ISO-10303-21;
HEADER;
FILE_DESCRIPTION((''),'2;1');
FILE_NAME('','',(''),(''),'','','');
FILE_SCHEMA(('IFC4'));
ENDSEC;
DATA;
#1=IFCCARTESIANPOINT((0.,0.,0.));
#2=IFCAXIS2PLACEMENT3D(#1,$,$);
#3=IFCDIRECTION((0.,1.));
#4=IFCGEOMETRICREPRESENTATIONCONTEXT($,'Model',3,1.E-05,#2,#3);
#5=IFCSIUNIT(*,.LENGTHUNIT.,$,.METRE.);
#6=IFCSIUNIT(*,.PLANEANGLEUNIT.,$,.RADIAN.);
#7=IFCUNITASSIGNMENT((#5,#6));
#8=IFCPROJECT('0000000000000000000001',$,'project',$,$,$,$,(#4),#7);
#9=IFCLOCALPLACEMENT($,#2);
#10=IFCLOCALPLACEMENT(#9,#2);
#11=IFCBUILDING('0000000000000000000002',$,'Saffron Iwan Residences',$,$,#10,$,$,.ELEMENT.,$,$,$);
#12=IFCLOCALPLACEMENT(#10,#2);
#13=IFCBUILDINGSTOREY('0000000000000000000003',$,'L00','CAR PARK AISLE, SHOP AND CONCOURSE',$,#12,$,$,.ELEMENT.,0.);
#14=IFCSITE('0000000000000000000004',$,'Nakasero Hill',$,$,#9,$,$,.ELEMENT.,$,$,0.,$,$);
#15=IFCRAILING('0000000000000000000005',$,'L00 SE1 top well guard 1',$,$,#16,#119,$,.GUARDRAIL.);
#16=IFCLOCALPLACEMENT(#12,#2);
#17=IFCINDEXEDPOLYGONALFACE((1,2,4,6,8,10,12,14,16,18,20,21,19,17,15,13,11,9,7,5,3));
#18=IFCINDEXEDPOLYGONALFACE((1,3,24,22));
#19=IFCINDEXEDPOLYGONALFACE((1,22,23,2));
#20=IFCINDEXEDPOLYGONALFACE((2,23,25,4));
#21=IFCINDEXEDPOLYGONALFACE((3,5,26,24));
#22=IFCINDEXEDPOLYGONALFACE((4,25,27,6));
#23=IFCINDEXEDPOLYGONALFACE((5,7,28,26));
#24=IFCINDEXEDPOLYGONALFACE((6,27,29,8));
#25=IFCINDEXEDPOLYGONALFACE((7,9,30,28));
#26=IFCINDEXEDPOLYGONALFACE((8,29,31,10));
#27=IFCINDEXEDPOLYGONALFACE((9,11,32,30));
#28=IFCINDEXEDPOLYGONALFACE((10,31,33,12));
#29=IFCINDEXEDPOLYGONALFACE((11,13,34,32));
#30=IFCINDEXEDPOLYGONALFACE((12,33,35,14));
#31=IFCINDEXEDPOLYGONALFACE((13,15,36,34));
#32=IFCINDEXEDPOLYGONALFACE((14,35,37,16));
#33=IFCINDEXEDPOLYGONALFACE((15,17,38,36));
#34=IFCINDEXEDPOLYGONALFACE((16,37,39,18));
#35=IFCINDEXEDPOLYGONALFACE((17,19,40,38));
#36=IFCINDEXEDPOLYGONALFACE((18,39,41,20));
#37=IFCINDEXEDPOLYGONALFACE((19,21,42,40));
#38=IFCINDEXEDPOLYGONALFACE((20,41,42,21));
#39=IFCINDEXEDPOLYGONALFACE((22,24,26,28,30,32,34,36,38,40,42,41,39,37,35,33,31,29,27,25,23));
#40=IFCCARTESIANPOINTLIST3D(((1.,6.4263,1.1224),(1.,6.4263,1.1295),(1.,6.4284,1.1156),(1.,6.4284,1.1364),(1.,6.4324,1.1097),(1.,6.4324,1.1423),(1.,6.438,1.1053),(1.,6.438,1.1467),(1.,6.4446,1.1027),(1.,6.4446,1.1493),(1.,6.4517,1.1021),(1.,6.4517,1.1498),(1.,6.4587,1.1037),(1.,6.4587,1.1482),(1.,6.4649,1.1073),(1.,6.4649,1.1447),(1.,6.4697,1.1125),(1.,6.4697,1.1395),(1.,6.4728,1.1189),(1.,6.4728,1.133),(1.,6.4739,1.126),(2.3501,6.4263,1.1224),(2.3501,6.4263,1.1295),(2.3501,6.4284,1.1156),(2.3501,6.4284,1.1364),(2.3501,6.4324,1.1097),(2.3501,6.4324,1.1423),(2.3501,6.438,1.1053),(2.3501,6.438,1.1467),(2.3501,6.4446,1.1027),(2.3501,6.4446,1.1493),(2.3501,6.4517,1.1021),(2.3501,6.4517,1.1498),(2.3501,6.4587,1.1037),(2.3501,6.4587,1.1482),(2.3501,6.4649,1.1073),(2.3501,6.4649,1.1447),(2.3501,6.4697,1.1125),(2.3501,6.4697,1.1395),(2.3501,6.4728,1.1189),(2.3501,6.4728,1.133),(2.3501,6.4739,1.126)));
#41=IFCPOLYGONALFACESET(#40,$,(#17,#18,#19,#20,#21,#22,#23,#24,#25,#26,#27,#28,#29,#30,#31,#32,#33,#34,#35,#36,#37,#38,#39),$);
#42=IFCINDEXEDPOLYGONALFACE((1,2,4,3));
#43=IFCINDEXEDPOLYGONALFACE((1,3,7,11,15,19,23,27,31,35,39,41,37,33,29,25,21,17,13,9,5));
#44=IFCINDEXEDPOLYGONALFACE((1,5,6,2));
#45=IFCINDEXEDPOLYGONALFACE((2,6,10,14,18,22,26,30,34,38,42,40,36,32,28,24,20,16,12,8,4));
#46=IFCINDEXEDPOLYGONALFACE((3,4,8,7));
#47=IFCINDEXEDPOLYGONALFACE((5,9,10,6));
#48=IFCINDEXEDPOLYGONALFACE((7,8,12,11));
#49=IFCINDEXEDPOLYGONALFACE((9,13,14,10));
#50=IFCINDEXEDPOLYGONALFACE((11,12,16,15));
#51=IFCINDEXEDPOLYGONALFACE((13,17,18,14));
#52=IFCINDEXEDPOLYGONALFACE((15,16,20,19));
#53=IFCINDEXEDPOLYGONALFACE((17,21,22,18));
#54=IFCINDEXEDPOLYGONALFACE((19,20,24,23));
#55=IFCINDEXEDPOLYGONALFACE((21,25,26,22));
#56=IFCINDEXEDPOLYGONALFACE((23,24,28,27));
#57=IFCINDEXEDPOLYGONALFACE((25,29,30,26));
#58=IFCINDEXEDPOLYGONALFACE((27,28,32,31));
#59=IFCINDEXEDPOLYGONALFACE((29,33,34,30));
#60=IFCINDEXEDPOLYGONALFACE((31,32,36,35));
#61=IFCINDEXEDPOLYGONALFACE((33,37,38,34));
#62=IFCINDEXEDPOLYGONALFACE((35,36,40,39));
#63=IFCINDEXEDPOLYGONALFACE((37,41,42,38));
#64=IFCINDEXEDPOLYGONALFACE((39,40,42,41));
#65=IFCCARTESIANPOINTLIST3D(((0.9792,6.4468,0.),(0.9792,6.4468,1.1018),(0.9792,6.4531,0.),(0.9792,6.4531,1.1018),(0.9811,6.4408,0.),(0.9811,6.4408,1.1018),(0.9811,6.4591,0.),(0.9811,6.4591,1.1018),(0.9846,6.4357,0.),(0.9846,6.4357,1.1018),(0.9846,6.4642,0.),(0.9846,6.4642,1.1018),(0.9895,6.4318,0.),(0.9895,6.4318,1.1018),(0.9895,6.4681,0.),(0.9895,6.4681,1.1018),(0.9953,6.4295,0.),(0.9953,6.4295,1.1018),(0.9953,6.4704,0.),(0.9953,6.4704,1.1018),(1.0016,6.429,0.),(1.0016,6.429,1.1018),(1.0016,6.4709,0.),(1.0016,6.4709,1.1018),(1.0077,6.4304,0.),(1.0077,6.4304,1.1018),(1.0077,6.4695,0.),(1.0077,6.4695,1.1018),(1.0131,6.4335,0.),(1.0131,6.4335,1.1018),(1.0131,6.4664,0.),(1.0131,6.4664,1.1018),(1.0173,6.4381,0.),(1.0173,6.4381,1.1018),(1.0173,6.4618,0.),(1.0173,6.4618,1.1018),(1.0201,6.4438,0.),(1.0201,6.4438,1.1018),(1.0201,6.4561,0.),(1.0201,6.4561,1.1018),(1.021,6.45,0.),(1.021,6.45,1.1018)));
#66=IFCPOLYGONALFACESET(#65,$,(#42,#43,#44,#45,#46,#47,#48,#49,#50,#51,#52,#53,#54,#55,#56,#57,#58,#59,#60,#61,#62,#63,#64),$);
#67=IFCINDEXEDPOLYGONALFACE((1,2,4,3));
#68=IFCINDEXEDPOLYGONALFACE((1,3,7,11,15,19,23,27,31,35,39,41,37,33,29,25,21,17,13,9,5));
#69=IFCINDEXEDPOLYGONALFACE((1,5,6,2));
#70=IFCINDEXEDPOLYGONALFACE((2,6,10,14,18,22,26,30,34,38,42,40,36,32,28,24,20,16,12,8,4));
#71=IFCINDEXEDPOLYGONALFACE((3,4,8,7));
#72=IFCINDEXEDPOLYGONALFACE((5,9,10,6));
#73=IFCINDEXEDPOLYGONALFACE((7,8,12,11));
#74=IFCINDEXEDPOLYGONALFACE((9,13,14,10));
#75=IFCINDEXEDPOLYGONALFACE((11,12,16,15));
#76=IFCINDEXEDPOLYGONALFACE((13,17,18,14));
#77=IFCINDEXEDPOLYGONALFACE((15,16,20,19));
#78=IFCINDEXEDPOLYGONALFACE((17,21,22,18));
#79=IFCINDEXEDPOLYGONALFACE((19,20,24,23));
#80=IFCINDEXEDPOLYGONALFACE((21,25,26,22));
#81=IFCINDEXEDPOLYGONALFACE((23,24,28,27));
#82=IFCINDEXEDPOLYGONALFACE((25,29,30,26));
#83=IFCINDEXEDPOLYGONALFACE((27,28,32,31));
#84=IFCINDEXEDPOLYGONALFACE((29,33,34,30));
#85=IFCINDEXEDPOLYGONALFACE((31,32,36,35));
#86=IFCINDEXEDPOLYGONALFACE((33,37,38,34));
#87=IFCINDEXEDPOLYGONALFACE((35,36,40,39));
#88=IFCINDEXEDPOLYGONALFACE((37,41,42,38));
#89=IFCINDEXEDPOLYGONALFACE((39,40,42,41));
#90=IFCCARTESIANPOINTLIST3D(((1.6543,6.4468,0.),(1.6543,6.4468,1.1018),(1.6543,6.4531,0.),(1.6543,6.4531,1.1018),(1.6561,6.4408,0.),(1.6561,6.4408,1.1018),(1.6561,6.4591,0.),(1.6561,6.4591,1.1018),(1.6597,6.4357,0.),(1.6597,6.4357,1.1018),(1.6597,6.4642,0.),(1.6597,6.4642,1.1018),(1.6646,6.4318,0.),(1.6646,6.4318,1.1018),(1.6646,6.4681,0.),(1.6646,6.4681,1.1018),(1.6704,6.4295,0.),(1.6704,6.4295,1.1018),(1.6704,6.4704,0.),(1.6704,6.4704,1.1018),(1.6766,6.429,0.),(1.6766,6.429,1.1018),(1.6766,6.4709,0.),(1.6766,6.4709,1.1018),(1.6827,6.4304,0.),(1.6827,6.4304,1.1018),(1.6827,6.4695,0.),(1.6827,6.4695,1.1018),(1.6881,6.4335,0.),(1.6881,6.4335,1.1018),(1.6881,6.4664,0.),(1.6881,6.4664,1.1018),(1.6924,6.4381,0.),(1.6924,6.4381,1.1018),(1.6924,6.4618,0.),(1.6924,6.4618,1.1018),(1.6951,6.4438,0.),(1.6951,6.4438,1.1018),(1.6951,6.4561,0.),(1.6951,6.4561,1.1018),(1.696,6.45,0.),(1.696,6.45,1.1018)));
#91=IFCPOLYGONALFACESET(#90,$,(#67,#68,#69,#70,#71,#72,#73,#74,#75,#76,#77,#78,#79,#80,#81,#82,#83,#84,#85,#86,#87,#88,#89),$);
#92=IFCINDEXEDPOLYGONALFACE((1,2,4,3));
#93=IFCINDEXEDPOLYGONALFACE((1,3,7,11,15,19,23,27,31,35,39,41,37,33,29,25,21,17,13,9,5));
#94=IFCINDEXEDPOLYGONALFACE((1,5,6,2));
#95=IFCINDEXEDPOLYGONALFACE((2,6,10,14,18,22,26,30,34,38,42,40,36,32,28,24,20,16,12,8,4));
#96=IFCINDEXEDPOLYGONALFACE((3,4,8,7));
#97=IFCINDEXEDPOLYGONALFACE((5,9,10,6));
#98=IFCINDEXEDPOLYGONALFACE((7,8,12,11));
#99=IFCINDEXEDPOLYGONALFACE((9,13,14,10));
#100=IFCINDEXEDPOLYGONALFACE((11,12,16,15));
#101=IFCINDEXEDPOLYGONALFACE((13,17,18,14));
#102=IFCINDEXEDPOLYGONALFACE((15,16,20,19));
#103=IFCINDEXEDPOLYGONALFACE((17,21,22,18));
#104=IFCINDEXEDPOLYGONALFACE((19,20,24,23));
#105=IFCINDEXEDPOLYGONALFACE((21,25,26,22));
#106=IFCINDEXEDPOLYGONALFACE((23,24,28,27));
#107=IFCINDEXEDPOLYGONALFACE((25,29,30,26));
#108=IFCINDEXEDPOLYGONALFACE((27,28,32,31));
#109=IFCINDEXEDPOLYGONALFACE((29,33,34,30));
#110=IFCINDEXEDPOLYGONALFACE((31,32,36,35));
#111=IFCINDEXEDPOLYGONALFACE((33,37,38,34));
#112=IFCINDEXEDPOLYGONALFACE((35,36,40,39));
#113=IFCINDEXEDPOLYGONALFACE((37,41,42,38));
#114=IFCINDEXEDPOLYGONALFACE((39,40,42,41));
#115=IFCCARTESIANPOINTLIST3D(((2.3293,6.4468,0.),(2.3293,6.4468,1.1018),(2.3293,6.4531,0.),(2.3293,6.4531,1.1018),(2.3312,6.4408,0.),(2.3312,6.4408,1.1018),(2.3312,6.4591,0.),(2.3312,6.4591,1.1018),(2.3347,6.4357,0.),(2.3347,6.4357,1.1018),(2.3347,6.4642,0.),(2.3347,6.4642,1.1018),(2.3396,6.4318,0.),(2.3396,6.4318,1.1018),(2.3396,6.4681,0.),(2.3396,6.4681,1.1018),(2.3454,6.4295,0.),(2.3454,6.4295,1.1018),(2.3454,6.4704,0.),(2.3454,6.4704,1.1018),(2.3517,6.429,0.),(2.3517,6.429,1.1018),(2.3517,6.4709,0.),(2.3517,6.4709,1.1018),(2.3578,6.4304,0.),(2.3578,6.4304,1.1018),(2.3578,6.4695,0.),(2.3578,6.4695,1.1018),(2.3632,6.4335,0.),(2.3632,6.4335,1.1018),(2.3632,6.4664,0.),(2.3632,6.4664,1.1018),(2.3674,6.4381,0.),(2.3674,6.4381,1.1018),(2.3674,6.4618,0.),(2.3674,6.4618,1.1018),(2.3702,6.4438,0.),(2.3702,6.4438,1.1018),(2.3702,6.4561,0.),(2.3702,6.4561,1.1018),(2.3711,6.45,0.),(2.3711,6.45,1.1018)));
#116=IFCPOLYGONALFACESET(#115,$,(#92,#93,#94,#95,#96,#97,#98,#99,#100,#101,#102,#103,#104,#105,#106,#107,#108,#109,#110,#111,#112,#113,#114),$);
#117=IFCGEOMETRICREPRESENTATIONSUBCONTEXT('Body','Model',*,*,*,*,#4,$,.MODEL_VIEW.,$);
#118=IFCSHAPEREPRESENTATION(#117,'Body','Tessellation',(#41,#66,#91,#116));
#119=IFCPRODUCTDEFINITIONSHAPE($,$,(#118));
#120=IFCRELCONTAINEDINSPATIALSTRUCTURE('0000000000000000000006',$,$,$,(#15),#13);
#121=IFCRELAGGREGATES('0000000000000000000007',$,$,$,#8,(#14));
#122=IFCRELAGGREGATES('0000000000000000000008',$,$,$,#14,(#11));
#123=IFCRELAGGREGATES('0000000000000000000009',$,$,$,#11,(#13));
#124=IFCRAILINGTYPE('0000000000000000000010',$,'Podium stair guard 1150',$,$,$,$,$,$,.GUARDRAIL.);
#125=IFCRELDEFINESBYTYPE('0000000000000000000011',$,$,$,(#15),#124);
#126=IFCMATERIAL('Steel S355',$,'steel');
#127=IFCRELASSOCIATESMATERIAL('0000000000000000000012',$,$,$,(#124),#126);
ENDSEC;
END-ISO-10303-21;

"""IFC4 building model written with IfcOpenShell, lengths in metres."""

from ifc_helpers import new_model, si_unit, direction, frame, origin, origin_2d, place, context, subcontext, project, spatial, circle, extrude, material, type_object, element, save


model = new_model("IFC4")

# Units and contexts
model_context = context("Model", 3, precision=1e-05, world=origin(), true_north=direction((0.0, 1.0)))
body_context = subcontext(model_context, "Body", "Model", "MODEL_VIEW")
ifc_project = project(units=[si_unit("LENGTHUNIT", "METRE"), si_unit("PLANEANGLEUNIT", "RADIAN")], contexts=[model_context])

# Site, building, storey
site_placement = place(None, origin())
site = spatial("IfcSite", under=ifc_project, at=site_placement, Name="Nakasero Hill", CompositionType="ELEMENT", RefElevation=0.0)
building_placement = place(site_placement, origin())
building = spatial("IfcBuilding", under=site, at=building_placement, Name="Saffron Iwan Residences", CompositionType="ELEMENT")
storey_placement = place(building_placement, origin())
storey = spatial("IfcBuildingStorey", under=building, at=storey_placement, Name="L00", Description="CAR PARK AISLE, SHOP AND CONCOURSE", CompositionType="ELEMENT", Elevation=0.0)

# Railing
ifc_material_1 = material(Name="Steel S355", Category="steel")
railing_type = type_object("IfcRailingType", Name="Podium stair guard 1150", PredefinedType="GUARDRAIL", material=ifc_material_1)
railing_1_placement = place(storey_placement, frame((1.0, 6.45, 0.0)))
element("IfcRailing", 1, at=railing_1_placement, inside=storey, type_object=railing_type, Name="L00 SE1 top well guard 1", PredefinedType="GUARDRAIL", context=body_context, shape_type="SweptSolid", body=[
    extrude(circle(Radius=0.0239, at=origin_2d()), frame((0.0, 0.0, 1.126), z_axis=(1.0, 0.0, 0.0), x_axis=(0.0, 1.0, 0.0)), (0.0, 0.0, 1.0), 1.3501),
    extrude(circle(Radius=0.021, at=origin_2d()), origin(), (0.0, 0.0, 1.0), 1.1018),
    extrude(circle(Radius=0.021, at=origin_2d()), frame((0.675, 0.0, 0.0)), (0.0, 0.0, 1.0), 1.1018),
    extrude(circle(Radius=0.021, at=origin_2d()), frame((1.3501, 0.0, 0.0)), (0.0, 0.0, 1.0), 1.1018),
])

save(model, "model.ifc")
